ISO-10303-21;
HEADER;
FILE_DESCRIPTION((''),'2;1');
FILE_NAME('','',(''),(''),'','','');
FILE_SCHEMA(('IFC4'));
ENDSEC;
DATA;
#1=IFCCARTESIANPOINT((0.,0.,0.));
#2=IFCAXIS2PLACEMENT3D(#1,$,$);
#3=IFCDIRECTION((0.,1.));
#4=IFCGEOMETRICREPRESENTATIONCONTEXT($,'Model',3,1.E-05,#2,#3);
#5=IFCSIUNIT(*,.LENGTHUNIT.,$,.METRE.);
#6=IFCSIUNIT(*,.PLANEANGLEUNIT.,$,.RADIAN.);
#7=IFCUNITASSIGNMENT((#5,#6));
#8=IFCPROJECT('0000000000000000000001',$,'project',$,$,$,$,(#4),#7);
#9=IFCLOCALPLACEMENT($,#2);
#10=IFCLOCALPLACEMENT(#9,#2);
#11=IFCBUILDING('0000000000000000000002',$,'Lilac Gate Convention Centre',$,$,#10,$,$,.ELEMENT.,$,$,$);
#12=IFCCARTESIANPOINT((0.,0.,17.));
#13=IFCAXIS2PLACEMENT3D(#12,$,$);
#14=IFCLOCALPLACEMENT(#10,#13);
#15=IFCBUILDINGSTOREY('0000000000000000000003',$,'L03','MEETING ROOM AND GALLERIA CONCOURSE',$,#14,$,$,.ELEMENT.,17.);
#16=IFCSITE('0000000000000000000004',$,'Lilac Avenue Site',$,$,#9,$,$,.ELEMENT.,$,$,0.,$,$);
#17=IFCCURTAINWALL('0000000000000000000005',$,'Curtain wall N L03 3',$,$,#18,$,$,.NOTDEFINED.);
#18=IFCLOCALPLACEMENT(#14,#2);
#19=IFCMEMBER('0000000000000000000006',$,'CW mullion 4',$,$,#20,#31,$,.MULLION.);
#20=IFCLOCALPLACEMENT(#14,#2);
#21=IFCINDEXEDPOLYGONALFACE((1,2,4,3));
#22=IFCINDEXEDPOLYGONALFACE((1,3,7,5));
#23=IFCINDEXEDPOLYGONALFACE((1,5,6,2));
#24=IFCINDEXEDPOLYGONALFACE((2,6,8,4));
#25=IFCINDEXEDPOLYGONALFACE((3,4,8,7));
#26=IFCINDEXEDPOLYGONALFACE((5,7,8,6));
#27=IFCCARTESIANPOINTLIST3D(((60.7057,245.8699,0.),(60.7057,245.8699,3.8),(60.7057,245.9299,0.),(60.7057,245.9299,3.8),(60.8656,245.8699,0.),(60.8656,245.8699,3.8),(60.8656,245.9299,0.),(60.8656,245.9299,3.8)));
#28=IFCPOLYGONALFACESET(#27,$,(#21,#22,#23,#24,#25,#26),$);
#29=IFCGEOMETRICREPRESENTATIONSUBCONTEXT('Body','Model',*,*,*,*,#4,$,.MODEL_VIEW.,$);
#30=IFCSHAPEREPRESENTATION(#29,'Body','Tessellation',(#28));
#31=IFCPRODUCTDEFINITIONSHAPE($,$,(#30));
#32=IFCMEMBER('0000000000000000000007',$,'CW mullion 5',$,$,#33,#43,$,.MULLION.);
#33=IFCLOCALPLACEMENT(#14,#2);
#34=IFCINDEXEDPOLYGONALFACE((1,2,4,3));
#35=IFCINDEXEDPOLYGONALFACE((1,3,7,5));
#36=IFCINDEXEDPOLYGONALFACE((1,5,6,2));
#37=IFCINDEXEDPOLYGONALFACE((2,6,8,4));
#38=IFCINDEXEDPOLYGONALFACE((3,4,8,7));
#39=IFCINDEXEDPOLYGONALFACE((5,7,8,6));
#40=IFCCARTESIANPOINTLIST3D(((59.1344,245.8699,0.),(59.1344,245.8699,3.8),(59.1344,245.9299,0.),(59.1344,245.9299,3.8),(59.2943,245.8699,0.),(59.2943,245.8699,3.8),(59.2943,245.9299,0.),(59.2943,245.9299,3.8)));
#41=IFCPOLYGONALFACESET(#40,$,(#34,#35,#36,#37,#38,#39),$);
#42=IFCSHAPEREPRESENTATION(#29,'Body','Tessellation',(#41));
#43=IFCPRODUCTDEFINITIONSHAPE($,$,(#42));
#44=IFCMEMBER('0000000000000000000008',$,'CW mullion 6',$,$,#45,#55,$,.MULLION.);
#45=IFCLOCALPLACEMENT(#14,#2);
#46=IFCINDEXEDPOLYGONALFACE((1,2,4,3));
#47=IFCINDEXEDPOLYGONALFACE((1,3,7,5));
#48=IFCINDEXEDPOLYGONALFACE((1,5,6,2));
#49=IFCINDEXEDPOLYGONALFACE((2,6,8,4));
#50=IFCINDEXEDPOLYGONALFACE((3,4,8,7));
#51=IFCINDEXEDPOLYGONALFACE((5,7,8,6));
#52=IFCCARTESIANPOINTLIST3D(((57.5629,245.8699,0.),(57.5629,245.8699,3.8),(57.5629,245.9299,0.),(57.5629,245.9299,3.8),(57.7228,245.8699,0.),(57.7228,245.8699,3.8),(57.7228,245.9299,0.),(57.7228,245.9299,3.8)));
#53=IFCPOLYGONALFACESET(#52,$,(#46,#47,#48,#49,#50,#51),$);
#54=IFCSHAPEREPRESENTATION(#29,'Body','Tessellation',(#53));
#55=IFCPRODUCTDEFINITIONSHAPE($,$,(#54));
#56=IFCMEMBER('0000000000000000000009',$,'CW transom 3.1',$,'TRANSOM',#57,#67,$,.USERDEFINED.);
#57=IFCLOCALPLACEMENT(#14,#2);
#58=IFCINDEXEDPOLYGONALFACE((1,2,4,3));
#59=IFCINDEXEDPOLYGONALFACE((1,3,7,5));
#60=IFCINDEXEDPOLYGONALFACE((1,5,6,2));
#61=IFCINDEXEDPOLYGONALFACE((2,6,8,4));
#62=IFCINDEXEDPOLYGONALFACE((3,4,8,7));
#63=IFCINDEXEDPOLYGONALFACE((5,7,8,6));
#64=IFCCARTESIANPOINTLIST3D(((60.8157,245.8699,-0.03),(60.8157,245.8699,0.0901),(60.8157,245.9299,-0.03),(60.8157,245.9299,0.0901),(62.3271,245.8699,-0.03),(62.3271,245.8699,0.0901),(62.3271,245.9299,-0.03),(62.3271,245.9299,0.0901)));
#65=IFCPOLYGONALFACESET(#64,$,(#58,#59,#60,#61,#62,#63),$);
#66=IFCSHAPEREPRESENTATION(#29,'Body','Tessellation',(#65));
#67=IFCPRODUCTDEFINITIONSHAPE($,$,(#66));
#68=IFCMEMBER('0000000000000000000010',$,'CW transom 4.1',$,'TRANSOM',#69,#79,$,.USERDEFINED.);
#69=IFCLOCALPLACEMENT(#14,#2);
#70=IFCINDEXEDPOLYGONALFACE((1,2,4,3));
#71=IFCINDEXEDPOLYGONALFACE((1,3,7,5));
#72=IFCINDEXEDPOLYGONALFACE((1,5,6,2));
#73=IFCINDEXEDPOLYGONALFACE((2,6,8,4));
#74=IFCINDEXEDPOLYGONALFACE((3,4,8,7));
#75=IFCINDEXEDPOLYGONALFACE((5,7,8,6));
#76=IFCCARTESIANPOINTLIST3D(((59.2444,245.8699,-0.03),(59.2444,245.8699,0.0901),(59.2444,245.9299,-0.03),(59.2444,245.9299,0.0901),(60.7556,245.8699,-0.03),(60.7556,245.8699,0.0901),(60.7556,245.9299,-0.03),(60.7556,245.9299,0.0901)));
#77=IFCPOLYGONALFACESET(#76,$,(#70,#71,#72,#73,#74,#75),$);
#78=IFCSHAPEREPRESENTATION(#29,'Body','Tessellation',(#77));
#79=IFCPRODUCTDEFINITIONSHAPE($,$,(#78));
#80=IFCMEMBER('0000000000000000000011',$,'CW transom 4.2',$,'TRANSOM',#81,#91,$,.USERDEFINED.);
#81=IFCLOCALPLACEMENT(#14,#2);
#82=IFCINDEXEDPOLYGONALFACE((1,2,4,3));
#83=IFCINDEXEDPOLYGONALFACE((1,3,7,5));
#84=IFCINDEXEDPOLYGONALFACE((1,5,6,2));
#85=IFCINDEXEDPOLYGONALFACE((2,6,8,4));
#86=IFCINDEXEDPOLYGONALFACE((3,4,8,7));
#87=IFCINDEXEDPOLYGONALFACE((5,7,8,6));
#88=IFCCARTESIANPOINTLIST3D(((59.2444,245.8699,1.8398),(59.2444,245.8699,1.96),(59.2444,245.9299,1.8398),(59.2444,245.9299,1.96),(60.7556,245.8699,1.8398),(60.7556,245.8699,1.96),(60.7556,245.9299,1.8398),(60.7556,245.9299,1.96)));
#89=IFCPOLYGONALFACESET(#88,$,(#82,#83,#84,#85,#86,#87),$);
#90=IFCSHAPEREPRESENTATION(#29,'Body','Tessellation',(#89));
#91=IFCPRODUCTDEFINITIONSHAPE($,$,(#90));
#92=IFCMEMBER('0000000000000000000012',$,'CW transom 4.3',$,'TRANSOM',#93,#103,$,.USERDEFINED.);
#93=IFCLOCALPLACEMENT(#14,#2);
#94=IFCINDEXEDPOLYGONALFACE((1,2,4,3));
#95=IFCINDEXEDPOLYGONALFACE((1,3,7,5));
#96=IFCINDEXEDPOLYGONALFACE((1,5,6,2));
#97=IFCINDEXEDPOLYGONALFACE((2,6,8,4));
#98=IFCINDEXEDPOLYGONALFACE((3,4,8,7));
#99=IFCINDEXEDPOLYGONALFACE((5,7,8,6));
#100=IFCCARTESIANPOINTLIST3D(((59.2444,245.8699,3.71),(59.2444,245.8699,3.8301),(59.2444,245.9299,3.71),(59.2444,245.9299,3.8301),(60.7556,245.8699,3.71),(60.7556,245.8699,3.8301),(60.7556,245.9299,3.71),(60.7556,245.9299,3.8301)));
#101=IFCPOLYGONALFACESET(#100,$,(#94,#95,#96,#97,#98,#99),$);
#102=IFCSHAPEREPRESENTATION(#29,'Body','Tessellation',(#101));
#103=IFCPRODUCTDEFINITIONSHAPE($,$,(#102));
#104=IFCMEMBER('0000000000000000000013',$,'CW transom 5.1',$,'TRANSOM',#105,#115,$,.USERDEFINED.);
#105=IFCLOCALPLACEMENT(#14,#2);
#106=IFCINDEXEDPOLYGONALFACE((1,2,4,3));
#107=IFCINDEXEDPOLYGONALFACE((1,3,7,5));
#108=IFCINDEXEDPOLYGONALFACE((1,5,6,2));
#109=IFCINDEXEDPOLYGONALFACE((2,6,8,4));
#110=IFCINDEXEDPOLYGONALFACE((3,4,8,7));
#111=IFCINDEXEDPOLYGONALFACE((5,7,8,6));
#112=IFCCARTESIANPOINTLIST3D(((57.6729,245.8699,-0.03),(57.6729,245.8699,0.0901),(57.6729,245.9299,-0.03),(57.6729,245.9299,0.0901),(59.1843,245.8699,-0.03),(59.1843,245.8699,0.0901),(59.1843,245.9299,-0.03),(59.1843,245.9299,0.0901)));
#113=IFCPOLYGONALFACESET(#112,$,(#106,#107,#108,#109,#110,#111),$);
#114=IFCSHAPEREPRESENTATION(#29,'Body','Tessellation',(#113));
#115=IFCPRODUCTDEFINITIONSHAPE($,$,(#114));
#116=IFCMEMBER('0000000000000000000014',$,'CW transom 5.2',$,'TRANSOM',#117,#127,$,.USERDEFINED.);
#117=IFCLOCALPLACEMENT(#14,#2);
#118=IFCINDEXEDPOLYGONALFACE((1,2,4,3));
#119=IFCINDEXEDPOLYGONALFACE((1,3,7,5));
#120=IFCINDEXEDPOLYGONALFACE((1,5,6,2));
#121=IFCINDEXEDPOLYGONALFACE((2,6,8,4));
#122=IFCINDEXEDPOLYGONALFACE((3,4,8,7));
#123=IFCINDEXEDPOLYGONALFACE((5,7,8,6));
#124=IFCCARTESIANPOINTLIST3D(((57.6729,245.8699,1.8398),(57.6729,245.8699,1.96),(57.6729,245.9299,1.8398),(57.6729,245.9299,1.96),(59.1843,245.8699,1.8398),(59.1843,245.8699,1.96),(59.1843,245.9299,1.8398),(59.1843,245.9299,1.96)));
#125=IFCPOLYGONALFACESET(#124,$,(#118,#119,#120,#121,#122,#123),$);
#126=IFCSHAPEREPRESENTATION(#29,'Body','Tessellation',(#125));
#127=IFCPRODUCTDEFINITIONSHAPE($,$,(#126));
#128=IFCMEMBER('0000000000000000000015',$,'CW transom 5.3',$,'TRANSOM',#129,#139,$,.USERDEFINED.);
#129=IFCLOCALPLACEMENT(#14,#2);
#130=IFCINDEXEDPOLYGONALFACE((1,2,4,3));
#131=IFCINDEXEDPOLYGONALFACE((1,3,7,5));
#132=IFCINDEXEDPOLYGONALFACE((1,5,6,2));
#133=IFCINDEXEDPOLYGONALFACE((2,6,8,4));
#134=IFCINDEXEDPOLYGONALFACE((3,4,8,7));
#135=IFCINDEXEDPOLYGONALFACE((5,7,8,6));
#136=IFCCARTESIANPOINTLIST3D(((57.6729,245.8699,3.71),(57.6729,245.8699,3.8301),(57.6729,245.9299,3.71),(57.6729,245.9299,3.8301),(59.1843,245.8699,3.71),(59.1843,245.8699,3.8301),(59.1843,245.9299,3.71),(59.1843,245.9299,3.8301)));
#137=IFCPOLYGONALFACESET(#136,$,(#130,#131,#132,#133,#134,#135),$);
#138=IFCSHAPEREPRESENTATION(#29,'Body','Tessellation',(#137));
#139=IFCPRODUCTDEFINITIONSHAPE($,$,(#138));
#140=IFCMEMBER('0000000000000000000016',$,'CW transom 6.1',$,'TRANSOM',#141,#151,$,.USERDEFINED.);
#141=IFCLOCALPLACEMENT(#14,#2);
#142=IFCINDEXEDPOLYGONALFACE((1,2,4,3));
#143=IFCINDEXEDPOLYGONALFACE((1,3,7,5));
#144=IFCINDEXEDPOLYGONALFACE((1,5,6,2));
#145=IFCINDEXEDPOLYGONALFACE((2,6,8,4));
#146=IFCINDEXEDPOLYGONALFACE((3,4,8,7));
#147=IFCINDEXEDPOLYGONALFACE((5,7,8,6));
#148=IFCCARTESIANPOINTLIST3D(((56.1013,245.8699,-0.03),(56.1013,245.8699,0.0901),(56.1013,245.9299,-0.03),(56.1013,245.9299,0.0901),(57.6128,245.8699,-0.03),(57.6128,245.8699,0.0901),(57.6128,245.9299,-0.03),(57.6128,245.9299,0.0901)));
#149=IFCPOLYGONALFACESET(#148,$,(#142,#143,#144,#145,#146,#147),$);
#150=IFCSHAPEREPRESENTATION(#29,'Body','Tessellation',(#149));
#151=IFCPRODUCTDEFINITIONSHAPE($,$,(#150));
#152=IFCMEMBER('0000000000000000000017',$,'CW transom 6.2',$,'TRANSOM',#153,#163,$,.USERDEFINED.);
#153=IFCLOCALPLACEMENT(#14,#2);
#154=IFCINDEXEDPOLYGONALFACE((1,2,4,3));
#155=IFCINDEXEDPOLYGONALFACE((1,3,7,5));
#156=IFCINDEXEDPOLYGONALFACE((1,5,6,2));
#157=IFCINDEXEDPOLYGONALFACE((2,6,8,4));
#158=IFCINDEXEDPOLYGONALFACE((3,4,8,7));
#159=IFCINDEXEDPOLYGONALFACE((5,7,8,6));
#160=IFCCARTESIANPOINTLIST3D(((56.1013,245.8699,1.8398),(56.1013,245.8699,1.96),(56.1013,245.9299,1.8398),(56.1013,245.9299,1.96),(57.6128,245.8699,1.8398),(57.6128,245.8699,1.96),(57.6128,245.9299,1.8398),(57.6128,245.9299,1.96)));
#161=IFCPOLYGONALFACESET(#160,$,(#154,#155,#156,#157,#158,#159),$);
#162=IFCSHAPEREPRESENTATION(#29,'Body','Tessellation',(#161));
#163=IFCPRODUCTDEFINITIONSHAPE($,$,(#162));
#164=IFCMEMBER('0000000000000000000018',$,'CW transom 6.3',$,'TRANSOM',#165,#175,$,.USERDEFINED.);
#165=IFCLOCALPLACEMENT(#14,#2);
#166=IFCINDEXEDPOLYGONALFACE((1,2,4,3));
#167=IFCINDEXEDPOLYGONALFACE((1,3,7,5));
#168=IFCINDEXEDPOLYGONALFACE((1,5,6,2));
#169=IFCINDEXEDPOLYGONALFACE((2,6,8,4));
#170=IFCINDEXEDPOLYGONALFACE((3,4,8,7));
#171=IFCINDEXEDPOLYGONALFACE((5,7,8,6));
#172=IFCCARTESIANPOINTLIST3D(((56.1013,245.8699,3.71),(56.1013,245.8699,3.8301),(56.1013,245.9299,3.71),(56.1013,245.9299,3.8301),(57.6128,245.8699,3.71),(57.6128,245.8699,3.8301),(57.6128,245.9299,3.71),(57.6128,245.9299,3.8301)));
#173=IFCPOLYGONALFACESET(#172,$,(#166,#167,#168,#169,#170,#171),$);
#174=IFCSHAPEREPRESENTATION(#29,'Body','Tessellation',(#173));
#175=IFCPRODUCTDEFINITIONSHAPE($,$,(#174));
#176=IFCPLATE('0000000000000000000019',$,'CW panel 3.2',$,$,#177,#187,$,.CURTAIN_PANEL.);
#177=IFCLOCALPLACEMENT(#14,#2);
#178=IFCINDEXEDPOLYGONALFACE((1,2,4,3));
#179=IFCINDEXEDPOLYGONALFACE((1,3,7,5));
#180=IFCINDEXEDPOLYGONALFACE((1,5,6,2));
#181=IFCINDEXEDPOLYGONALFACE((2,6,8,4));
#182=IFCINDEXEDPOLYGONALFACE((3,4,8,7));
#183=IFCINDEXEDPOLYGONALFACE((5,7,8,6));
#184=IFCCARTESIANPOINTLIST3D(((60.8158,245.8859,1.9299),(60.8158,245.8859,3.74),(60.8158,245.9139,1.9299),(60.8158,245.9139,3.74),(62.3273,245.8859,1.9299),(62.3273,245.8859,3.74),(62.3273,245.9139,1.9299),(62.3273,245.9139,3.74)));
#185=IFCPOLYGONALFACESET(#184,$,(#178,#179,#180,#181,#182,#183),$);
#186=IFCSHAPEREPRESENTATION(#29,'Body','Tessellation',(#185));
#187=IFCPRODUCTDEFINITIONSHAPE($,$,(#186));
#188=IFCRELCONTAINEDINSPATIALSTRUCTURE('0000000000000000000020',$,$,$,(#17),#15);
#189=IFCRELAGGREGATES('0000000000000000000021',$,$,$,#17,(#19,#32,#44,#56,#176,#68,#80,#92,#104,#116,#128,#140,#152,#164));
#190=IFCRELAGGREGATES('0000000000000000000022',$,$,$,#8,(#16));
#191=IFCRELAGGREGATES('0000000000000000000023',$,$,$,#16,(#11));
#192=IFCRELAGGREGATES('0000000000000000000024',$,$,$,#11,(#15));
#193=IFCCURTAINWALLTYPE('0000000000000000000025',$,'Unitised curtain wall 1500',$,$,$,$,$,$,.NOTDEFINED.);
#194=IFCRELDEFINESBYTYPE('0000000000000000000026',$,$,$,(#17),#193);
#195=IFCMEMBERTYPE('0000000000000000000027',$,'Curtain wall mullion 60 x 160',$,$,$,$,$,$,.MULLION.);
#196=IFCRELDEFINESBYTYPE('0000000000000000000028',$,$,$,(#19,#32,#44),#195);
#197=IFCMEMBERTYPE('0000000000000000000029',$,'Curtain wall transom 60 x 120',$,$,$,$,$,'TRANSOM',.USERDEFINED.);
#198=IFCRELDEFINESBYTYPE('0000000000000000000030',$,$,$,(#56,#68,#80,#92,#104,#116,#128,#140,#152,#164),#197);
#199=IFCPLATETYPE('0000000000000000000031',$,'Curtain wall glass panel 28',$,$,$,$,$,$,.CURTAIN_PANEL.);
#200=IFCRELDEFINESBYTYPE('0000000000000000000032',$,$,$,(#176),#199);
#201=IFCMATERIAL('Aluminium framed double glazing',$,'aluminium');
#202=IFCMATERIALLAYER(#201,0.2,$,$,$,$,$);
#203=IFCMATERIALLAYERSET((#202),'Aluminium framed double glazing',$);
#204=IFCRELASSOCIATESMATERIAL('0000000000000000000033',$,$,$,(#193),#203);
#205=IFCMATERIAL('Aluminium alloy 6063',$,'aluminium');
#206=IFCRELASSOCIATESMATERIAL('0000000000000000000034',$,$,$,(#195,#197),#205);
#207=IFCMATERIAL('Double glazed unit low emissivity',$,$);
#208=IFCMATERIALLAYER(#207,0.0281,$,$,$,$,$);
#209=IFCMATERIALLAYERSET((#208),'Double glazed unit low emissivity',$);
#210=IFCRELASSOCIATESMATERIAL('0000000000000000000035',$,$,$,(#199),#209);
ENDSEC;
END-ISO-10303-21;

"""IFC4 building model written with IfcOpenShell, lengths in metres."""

from ifc_helpers import new_model, si_unit, direction, frame, origin, origin_2d, place, context, subcontext, project, spatial, rectangle, extrude, material, layer, layer_set, material_profile, profile_set, type_object, element, aggregate, save


model = new_model("IFC4")

# Units and contexts
model_context = context("Model", 3, precision=1e-05, world=origin(), true_north=direction((0.0, 1.0)))
body_context = subcontext(model_context, "Body", "Model", "MODEL_VIEW")
ifc_project = project(units=[si_unit("LENGTHUNIT", "METRE"), si_unit("PLANEANGLEUNIT", "RADIAN")], contexts=[model_context])

# Site, building, storey
site_placement = place(None, origin())
site = spatial("IfcSite", under=ifc_project, at=site_placement, Name="Lilac Avenue Site", CompositionType="ELEMENT", RefElevation=0.0)
building_placement = place(site_placement, origin())
building = spatial("IfcBuilding", under=site, at=building_placement, Name="Lilac Gate Convention Centre", CompositionType="ELEMENT")
storey_placement = place(building_placement, frame((0.0, 0.0, 17.0)))
storey = spatial("IfcBuildingStorey", under=building, at=storey_placement, Name="L03", Description="MEETING ROOM AND GALLERIA CONCOURSE", CompositionType="ELEMENT", Elevation=17.0)

# Curtain wall, members, plate
ifc_material_1 = material(Name="Aluminium framed double glazing", Category="aluminium")
ifc_layer_1 = layer(ifc_material_1, 0.2)
ifc_layer_set_1 = layer_set([ifc_layer_1], Name="Aluminium framed double glazing")
curtain_wall_type = type_object("IfcCurtainWallType", Name="Unitised curtain wall 1500", PredefinedType="NOTDEFINED", material=ifc_layer_set_1)
curtain_wall_placement = place(storey_placement, origin())
curtain_wall = element("IfcCurtainWall", 1, at=curtain_wall_placement, inside=storey, type_object=curtain_wall_type, Name="Curtain wall N L03 3", PredefinedType="NOTDEFINED")
ifc_material_2 = material(Name="Aluminium alloy 6063", Category="aluminium")
ifc_material_profile_1 = material_profile(ifc_material_2, rectangle(XDim=0.0601, YDim=0.1599, at=origin_2d()), Name="Curtain wall mullion 60 x 160")
ifc_profile_set_1 = profile_set([ifc_material_profile_1], Name="Aluminium alloy 6063")
member_type_1 = type_object("IfcMemberType", Name="Curtain wall mullion 60 x 160", PredefinedType="MULLION", material=ifc_profile_set_1)
member_1_placement = place(storey_placement, frame((60.7856, 245.8999, 0.0), z_axis=(0.0, 0.0, 1.0), x_axis=(0.0, -1.0, 0.0)))
member_1 = element("IfcMember", 2, at=member_1_placement, type_object=member_type_1, Name="CW mullion 4", PredefinedType="MULLION", context=body_context, shape_type="SweptSolid", body=[
    extrude(rectangle(XDim=0.0601, YDim=0.1599, at=origin_2d()), origin(), (0.0, 0.0, 1.0), 3.8),
])
member_2_placement = place(storey_placement, frame((59.2144, 245.8999, 0.0), z_axis=(0.0, 0.0, 1.0), x_axis=(0.0, -1.0, 0.0)))
member_2 = element("IfcMember", 3, at=member_2_placement, type_object=member_type_1, Name="CW mullion 5", PredefinedType="MULLION", context=body_context, shape_type="SweptSolid", body=[
    extrude(rectangle(XDim=0.0601, YDim=0.1599, at=origin_2d()), origin(), (0.0, 0.0, 1.0), 3.8),
])
member_3_placement = place(storey_placement, frame((57.6428, 245.8999, 0.0), z_axis=(0.0, 0.0, 1.0), x_axis=(0.0, -1.0, 0.0)))
member_3 = element("IfcMember", 4, at=member_3_placement, type_object=member_type_1, Name="CW mullion 6", PredefinedType="MULLION", context=body_context, shape_type="SweptSolid", body=[
    extrude(rectangle(XDim=0.0601, YDim=0.1599, at=origin_2d()), origin(), (0.0, 0.0, 1.0), 3.8),
])
ifc_material_profile_2 = material_profile(ifc_material_2, rectangle(XDim=0.0601, YDim=0.1201, at=origin_2d()), Name="Curtain wall transom 60 x 120")
ifc_profile_set_2 = profile_set([ifc_material_profile_2], Name="Aluminium alloy 6063")
member_type_2 = type_object("IfcMemberType", Name="Curtain wall transom 60 x 120", ElementType="TRANSOM", PredefinedType="USERDEFINED", material=ifc_profile_set_2)
member_4_placement = place(storey_placement, frame((62.3271, 245.8999, 0.03), z_axis=(-1.0, 0.0, 0.0), x_axis=(0.0, -1.0, 0.0)))
member_4 = element("IfcMember", 5, at=member_4_placement, type_object=member_type_2, Name="CW transom 3.1", ObjectType="TRANSOM", PredefinedType="USERDEFINED", context=body_context, shape_type="SweptSolid", body=[
    extrude(rectangle(XDim=0.0601, YDim=0.1201, at=origin_2d()), origin(), (0.0, 0.0, 1.0), 1.5115),
])
member_5_placement = place(storey_placement, frame((60.7556, 245.8999, 0.03), z_axis=(-1.0, 0.0, 0.0), x_axis=(0.0, -1.0, 0.0)))
member_5 = element("IfcMember", 6, at=member_5_placement, type_object=member_type_2, Name="CW transom 4.1", ObjectType="TRANSOM", PredefinedType="USERDEFINED", context=body_context, shape_type="SweptSolid", body=[
    extrude(rectangle(XDim=0.0601, YDim=0.1201, at=origin_2d()), origin(), (0.0, 0.0, 1.0), 1.5112),
])
member_6_placement = place(storey_placement, frame((60.7556, 245.8999, 1.8999), z_axis=(-1.0, 0.0, 0.0), x_axis=(0.0, -1.0, 0.0)))
member_6 = element("IfcMember", 7, at=member_6_placement, type_object=member_type_2, Name="CW transom 4.2", ObjectType="TRANSOM", PredefinedType="USERDEFINED", context=body_context, shape_type="SweptSolid", body=[
    extrude(rectangle(XDim=0.0601, YDim=0.1201, at=origin_2d()), origin(), (0.0, 0.0, 1.0), 1.5112),
])
member_7_placement = place(storey_placement, frame((60.7556, 245.8999, 3.77), z_axis=(-1.0, 0.0, 0.0), x_axis=(0.0, -1.0, 0.0)))
member_7 = element("IfcMember", 8, at=member_7_placement, type_object=member_type_2, Name="CW transom 4.3", ObjectType="TRANSOM", PredefinedType="USERDEFINED", context=body_context, shape_type="SweptSolid", body=[
    extrude(rectangle(XDim=0.0601, YDim=0.1201, at=origin_2d()), origin(), (0.0, 0.0, 1.0), 1.5112),
])
member_8_placement = place(storey_placement, frame((59.1843, 245.8999, 0.03), z_axis=(-1.0, 0.0, 0.0), x_axis=(0.0, -1.0, 0.0)))
member_8 = element("IfcMember", 9, at=member_8_placement, type_object=member_type_2, Name="CW transom 5.1", ObjectType="TRANSOM", PredefinedType="USERDEFINED", context=body_context, shape_type="SweptSolid", body=[
    extrude(rectangle(XDim=0.0601, YDim=0.1201, at=origin_2d()), origin(), (0.0, 0.0, 1.0), 1.5115),
])
member_9_placement = place(storey_placement, frame((59.1843, 245.8999, 1.8999), z_axis=(-1.0, 0.0, 0.0), x_axis=(0.0, -1.0, 0.0)))
member_9 = element("IfcMember", 10, at=member_9_placement, type_object=member_type_2, Name="CW transom 5.2", ObjectType="TRANSOM", PredefinedType="USERDEFINED", context=body_context, shape_type="SweptSolid", body=[
    extrude(rectangle(XDim=0.0601, YDim=0.1201, at=origin_2d()), origin(), (0.0, 0.0, 1.0), 1.5115),
])
member_10_placement = place(storey_placement, frame((59.1843, 245.8999, 3.77), z_axis=(-1.0, 0.0, 0.0), x_axis=(0.0, -1.0, 0.0)))
member_10 = element("IfcMember", 11, at=member_10_placement, type_object=member_type_2, Name="CW transom 5.3", ObjectType="TRANSOM", PredefinedType="USERDEFINED", context=body_context, shape_type="SweptSolid", body=[
    extrude(rectangle(XDim=0.0601, YDim=0.1201, at=origin_2d()), origin(), (0.0, 0.0, 1.0), 1.5115),
])
member_11_placement = place(storey_placement, frame((57.6128, 245.8999, 0.03), z_axis=(-1.0, 0.0, 0.0), x_axis=(0.0, -1.0, 0.0)))
member_11 = element("IfcMember", 12, at=member_11_placement, type_object=member_type_2, Name="CW transom 6.1", ObjectType="TRANSOM", PredefinedType="USERDEFINED", context=body_context, shape_type="SweptSolid", body=[
    extrude(rectangle(XDim=0.0601, YDim=0.1201, at=origin_2d()), origin(), (0.0, 0.0, 1.0), 1.5115),
])
member_12_placement = place(storey_placement, frame((57.6128, 245.8999, 1.8999), z_axis=(-1.0, 0.0, 0.0), x_axis=(0.0, -1.0, 0.0)))
member_12 = element("IfcMember", 13, at=member_12_placement, type_object=member_type_2, Name="CW transom 6.2", ObjectType="TRANSOM", PredefinedType="USERDEFINED", context=body_context, shape_type="SweptSolid", body=[
    extrude(rectangle(XDim=0.0601, YDim=0.1201, at=origin_2d()), origin(), (0.0, 0.0, 1.0), 1.5115),
])
member_13_placement = place(storey_placement, frame((57.6128, 245.8999, 3.77), z_axis=(-1.0, 0.0, 0.0), x_axis=(0.0, -1.0, 0.0)))
member_13 = element("IfcMember", 14, at=member_13_placement, type_object=member_type_2, Name="CW transom 6.3", ObjectType="TRANSOM", PredefinedType="USERDEFINED", context=body_context, shape_type="SweptSolid", body=[
    extrude(rectangle(XDim=0.0601, YDim=0.1201, at=origin_2d()), origin(), (0.0, 0.0, 1.0), 1.5115),
])
ifc_material_3 = material(Name="Double glazed unit low emissivity")
ifc_layer_2 = layer(ifc_material_3, 0.0281)
ifc_layer_set_2 = layer_set([ifc_layer_2], Name="Double glazed unit low emissivity")
plate_type_1 = type_object("IfcPlateType", Name="Curtain wall glass panel 28", PredefinedType="CURTAIN_PANEL", material=ifc_layer_set_2)
plate_1_placement = place(storey_placement, frame((61.5715, 245.8999, 1.9299), z_axis=(0.0, 0.0, 1.0), x_axis=(-1.0, 0.0, 0.0)))
plate_1 = element("IfcPlate", 15, at=plate_1_placement, type_object=plate_type_1, Name="CW panel 3.2", PredefinedType="CURTAIN_PANEL", context=body_context, shape_type="SweptSolid", body=[
    extrude(rectangle(XDim=1.5115, YDim=0.0281, at=origin_2d()), origin(), (0.0, 0.0, 1.0), 1.8101),
])
aggregate(curtain_wall, [member_1, member_2, member_3, member_4, plate_1, member_5, member_6, member_7, member_8, member_9, member_10, member_11, member_12, member_13])

save(model, "model.ifc")
